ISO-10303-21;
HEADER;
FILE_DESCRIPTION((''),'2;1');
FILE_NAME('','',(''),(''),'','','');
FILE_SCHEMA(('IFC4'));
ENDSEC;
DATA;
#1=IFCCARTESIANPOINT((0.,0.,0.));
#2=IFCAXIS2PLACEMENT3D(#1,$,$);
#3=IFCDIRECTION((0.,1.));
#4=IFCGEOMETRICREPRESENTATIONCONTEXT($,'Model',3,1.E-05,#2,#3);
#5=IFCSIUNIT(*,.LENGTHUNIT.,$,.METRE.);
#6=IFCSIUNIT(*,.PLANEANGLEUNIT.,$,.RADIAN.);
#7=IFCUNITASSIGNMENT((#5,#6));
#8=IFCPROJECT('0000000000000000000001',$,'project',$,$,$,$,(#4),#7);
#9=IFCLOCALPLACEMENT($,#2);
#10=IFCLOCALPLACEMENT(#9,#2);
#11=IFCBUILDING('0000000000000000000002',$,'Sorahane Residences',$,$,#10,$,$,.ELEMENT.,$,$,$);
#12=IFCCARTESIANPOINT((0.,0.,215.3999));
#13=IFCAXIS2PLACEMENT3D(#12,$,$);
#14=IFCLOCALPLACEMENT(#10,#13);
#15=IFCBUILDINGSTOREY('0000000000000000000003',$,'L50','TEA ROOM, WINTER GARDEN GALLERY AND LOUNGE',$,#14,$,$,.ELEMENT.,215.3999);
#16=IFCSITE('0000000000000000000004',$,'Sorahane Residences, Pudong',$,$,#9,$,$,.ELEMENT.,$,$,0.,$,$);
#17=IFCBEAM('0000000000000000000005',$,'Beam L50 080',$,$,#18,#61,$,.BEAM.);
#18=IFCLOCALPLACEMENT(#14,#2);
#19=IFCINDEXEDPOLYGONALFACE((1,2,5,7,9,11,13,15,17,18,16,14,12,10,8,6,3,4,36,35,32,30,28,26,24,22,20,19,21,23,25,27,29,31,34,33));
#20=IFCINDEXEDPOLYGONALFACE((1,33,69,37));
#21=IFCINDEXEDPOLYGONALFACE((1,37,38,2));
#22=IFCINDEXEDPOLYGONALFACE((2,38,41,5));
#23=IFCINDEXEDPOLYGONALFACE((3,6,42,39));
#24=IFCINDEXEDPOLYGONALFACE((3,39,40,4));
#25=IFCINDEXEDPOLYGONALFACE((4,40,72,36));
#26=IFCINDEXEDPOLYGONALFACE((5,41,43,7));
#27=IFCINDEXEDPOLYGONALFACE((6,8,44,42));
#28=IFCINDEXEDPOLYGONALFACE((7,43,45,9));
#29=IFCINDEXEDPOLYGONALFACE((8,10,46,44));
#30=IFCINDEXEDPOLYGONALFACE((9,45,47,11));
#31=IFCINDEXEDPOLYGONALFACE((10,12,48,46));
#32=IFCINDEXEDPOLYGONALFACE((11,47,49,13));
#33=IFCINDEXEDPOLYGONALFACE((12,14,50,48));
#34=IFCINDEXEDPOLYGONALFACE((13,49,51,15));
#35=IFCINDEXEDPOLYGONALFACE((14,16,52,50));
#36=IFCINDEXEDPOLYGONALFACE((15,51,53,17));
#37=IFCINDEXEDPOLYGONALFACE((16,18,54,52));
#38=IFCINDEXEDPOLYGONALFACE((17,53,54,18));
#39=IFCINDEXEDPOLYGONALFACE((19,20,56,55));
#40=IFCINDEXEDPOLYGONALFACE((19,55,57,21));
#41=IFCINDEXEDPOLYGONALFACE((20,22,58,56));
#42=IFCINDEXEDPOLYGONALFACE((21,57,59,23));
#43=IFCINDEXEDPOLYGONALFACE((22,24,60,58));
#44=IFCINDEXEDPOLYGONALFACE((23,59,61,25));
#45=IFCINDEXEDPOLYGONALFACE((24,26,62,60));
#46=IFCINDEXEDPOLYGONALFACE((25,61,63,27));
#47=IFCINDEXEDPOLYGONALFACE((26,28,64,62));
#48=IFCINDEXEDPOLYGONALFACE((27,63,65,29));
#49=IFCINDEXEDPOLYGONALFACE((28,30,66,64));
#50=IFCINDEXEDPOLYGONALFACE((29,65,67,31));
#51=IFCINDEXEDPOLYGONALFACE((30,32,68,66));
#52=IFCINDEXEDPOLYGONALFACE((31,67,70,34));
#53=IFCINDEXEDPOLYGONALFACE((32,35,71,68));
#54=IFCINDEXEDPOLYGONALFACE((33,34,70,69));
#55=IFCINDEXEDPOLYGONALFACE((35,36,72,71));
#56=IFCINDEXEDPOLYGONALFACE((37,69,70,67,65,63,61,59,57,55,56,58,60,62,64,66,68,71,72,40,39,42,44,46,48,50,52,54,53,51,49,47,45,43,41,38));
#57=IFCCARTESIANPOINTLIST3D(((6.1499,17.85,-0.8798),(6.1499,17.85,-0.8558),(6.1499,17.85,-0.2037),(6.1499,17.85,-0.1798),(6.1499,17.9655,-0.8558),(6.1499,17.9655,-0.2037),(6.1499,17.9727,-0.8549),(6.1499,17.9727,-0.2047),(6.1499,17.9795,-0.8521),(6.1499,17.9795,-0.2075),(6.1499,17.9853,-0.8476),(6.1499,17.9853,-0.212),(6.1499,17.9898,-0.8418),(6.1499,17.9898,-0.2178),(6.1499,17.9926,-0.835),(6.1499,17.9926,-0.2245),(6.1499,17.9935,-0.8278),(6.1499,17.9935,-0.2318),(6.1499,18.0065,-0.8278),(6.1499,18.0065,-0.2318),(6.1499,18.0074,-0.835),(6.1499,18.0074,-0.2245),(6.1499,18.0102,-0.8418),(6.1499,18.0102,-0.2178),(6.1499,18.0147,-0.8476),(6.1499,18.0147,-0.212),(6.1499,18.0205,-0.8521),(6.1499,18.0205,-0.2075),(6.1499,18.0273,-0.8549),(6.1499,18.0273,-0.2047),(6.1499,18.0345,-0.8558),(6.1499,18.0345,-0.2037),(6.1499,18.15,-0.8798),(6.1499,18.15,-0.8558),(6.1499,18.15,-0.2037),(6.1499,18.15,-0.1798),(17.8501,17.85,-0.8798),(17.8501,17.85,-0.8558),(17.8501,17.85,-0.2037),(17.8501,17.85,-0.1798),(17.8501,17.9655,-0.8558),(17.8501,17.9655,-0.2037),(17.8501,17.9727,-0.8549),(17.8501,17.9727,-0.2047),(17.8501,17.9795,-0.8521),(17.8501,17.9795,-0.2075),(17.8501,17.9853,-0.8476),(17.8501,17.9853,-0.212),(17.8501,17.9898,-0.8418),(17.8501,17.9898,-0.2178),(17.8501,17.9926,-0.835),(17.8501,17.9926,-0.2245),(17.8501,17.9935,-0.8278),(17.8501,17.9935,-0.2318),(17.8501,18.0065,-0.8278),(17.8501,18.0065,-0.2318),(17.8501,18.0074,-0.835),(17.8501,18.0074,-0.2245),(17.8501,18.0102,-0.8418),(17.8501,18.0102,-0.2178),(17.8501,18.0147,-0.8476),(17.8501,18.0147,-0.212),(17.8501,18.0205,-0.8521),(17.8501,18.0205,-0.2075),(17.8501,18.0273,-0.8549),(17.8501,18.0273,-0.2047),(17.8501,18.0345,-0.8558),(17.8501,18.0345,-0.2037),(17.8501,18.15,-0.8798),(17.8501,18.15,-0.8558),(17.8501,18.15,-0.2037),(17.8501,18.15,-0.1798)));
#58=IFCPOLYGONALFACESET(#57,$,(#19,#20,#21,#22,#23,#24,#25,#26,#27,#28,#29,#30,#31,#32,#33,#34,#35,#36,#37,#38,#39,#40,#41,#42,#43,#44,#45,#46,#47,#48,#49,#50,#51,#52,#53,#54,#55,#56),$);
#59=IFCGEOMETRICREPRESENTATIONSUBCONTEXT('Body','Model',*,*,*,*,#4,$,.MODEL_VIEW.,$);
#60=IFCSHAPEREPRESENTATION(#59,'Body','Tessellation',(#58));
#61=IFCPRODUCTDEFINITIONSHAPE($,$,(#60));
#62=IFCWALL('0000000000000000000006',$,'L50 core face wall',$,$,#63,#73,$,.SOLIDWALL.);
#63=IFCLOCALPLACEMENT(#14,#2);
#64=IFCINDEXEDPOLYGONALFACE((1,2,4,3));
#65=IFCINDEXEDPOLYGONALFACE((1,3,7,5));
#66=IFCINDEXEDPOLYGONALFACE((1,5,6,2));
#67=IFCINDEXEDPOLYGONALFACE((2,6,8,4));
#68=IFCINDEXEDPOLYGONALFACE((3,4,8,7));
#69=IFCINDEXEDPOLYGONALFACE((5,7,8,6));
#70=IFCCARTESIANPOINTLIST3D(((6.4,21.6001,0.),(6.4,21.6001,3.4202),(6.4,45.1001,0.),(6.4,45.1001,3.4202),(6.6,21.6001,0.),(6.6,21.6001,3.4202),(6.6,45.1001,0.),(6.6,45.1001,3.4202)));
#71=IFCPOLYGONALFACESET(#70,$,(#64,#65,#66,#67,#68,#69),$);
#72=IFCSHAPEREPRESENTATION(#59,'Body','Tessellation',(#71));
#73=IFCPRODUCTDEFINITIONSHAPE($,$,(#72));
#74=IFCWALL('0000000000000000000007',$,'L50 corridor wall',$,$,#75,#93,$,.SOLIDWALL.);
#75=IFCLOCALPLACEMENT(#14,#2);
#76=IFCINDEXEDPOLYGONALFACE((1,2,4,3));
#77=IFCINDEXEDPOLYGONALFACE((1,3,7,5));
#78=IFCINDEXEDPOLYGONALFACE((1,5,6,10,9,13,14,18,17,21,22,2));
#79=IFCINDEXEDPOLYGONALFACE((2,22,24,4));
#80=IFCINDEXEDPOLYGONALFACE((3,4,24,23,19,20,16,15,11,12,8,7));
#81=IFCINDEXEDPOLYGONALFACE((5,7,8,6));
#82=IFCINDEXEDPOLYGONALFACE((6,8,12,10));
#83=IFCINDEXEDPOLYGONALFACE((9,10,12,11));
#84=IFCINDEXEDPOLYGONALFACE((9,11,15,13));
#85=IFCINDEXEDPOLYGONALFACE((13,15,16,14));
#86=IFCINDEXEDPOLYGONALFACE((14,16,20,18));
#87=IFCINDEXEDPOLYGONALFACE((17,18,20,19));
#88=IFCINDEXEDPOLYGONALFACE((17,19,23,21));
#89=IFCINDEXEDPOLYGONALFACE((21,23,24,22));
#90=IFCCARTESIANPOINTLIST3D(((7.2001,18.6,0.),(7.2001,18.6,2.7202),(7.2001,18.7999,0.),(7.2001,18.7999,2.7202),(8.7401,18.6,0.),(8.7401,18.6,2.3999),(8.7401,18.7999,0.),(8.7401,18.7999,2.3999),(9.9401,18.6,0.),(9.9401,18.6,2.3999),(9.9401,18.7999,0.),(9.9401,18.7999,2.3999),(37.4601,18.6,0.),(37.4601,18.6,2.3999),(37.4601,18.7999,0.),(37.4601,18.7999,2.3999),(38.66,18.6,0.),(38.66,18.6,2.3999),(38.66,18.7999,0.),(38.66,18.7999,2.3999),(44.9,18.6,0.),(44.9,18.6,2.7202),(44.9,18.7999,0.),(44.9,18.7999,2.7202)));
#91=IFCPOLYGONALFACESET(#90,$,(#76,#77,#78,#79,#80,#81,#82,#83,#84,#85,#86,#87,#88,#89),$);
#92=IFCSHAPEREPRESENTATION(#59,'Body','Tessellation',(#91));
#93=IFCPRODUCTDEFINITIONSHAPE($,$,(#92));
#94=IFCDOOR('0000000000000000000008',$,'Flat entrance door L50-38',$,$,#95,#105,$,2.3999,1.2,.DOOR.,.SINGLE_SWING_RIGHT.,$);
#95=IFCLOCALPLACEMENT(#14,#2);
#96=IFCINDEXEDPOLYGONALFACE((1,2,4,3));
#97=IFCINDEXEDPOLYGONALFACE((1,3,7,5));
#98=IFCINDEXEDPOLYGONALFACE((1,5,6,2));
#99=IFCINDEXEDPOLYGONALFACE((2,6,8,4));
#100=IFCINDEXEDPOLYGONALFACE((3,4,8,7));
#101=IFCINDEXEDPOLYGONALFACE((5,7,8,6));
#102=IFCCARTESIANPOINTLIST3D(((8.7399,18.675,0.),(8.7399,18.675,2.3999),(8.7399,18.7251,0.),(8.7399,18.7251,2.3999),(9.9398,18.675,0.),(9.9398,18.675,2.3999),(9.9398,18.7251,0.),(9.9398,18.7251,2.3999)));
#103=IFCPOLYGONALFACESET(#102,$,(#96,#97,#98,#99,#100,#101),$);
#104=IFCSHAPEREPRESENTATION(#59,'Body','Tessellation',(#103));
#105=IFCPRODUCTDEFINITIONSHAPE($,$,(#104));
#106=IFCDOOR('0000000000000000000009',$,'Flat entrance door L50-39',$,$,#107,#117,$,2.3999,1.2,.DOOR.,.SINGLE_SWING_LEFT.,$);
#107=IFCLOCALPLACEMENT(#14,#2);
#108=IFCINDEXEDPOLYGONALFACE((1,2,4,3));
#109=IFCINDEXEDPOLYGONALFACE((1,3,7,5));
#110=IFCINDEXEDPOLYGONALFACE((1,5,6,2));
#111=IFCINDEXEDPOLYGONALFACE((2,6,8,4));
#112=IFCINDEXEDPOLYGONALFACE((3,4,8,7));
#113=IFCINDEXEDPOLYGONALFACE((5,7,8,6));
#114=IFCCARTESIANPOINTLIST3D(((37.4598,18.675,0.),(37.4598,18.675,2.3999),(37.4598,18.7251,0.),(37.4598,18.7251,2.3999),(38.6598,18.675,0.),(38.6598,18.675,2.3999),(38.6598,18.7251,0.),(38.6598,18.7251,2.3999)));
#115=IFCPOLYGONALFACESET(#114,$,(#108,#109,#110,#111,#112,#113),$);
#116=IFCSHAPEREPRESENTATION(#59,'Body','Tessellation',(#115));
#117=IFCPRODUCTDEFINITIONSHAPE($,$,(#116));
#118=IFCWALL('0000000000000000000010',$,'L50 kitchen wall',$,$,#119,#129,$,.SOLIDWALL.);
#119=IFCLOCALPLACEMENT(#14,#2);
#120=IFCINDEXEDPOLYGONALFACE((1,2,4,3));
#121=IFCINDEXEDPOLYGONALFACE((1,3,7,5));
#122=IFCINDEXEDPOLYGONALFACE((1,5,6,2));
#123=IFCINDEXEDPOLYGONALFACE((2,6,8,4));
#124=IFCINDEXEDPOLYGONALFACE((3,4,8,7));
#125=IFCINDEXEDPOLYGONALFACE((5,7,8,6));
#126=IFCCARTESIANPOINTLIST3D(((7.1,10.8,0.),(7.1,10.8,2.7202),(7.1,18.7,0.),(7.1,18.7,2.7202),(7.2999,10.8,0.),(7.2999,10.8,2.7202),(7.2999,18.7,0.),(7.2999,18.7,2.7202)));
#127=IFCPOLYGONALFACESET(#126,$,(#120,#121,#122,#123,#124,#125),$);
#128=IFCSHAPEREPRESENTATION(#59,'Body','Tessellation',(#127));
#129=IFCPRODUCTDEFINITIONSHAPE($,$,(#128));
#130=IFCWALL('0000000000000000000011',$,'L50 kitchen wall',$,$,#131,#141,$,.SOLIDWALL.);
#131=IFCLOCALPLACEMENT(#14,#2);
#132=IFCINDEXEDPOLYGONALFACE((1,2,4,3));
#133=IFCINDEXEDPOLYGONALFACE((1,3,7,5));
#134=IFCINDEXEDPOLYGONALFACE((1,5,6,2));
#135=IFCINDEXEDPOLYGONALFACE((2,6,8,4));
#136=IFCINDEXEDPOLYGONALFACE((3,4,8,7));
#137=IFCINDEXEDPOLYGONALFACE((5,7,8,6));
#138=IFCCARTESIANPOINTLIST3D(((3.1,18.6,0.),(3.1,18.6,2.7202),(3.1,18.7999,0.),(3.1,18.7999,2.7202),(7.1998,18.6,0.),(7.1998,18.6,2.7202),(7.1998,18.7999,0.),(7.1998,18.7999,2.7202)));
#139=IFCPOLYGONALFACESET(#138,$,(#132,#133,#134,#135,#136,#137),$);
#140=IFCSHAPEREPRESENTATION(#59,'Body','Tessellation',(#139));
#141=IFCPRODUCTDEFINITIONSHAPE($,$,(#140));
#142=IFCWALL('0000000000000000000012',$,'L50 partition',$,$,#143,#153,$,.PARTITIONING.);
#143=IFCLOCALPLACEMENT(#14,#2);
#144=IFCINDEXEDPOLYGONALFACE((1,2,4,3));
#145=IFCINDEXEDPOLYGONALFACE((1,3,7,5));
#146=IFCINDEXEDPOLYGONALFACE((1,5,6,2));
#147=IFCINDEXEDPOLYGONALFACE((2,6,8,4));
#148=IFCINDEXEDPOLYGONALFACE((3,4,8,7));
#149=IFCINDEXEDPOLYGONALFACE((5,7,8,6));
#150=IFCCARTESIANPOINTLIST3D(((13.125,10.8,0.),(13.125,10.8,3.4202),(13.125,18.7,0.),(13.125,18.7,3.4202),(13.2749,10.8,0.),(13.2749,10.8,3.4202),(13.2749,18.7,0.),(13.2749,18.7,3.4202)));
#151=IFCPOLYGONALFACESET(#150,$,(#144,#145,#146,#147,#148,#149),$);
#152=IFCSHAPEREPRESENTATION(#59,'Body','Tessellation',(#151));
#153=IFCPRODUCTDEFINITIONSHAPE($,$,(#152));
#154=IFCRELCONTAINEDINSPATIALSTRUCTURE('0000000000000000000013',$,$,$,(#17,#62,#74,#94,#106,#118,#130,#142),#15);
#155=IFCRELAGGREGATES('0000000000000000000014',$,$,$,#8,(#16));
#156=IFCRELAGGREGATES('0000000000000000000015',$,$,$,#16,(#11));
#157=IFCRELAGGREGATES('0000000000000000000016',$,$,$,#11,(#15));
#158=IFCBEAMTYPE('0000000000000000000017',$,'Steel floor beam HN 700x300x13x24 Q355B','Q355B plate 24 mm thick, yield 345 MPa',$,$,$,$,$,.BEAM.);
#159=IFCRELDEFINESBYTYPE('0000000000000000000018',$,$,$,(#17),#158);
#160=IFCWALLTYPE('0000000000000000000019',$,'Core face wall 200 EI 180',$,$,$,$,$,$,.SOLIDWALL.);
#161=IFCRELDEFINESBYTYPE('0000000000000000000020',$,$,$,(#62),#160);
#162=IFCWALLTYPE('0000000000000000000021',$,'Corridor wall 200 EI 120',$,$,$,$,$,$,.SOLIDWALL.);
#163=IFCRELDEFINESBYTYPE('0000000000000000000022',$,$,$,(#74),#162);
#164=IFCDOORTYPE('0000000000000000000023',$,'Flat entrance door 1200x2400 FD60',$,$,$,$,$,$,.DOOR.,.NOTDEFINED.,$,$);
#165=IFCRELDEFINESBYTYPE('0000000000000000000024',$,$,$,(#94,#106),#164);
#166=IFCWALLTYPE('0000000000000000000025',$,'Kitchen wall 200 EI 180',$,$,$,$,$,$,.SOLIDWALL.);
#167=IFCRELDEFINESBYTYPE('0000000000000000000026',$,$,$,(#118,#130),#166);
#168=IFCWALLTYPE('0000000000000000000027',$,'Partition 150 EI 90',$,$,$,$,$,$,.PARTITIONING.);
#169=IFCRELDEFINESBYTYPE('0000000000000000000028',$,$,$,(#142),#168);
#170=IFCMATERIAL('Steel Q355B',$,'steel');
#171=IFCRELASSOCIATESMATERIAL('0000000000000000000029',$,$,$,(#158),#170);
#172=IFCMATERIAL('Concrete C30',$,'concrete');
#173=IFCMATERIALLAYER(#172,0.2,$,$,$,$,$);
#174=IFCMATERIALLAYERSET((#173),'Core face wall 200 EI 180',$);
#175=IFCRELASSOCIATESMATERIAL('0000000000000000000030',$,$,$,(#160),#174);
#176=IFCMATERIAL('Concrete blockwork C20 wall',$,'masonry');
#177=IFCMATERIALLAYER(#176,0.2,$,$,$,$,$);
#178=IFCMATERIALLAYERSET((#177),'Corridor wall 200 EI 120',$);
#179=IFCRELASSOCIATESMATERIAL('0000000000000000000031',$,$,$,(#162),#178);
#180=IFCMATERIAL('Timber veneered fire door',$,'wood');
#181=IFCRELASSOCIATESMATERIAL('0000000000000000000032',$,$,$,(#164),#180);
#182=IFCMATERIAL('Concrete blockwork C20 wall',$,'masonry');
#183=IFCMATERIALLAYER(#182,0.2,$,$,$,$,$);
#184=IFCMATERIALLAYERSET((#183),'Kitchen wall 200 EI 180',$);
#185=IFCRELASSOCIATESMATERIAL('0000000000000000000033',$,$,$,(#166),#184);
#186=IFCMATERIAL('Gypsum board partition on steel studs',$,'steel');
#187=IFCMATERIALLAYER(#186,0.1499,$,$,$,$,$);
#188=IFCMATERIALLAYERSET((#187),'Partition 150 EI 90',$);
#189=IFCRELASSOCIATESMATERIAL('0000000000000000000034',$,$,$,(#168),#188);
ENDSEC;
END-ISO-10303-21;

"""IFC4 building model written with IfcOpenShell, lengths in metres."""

from ifc_helpers import new_model, si_unit, direction, frame, frame_2d, origin, origin_2d, place, context, subcontext, project, spatial, rectangle, i_section, extrude, material, layer, layer_set, material_profile, profile_set, type_object, element, fill, save


model = new_model("IFC4")

# Units and contexts
model_context = context("Model", 3, precision=1e-05, world=origin(), true_north=direction((0.0, 1.0)))
body_context = subcontext(model_context, "Body", "Model", "MODEL_VIEW")
ifc_project = project(units=[si_unit("LENGTHUNIT", "METRE"), si_unit("PLANEANGLEUNIT", "RADIAN")], contexts=[model_context])

# Site, building, storey
site_placement = place(None, origin())
site = spatial("IfcSite", under=ifc_project, at=site_placement, Name="Sorahane Residences, Pudong", CompositionType="ELEMENT", RefElevation=0.0)
building_placement = place(site_placement, origin())
building = spatial("IfcBuilding", under=site, at=building_placement, Name="Sorahane Residences", CompositionType="ELEMENT")
storey_placement = place(building_placement, frame((0.0, 0.0, 215.3999)))
storey = spatial("IfcBuildingStorey", under=building, at=storey_placement, Name="L50", Description="TEA ROOM, WINTER GARDEN GALLERY AND LOUNGE", CompositionType="ELEMENT", Elevation=215.3999)

# Beam
ifc_material_1 = material(Name="Steel Q355B", Category="steel")
ifc_material_profile_1 = material_profile(ifc_material_1, i_section(OverallWidth=0.3, OverallDepth=0.7, WebThickness=0.0129, FlangeThickness=0.0239, FilletRadius=0.0281, at=origin_2d()), Name="HN 700x300x13x24")
ifc_profile_set_1 = profile_set([ifc_material_profile_1], Name="Steel Q355B")
beam_type = type_object("IfcBeamType", Name="Steel floor beam HN 700x300x13x24 Q355B", Description="Q355B plate 24 mm thick, yield 345 MPa", PredefinedType="BEAM", material=ifc_profile_set_1)
beam_1_placement = place(storey_placement, frame((6.1499, 18.0, -0.5298), z_axis=(1.0, 0.0, 0.0), x_axis=(0.0, 1.0, 0.0)))
element("IfcBeam", 1, at=beam_1_placement, inside=storey, type_object=beam_type, Name="Beam L50 080", PredefinedType="BEAM", context=body_context, shape_type="SweptSolid", body=[
    extrude(i_section(OverallWidth=0.3, OverallDepth=0.7, WebThickness=0.0129, FlangeThickness=0.0239, FilletRadius=0.0281, at=origin_2d()), origin(), (0.0, 0.0, 1.0), 11.7002),
])

# Wall
ifc_material_2 = material(Name="Concrete C30", Category="concrete")
ifc_layer_1 = layer(ifc_material_2, 0.2)
ifc_layer_set_1 = layer_set([ifc_layer_1], Name="Core face wall 200 EI 180")
wall_type_1 = type_object("IfcWallType", Name="Core face wall 200 EI 180", PredefinedType="SOLIDWALL", material=ifc_layer_set_1)
wall_1_placement = place(storey_placement, frame((6.5, 21.6001, 0.0), z_axis=(0.0, 0.0, 1.0), x_axis=(0.0, 1.0, 0.0)))
element("IfcWall", 2, at=wall_1_placement, inside=storey, type_object=wall_type_1, Name="L50 core face wall", PredefinedType="SOLIDWALL", context=body_context, shape_type="SweptSolid", body=[
    extrude(rectangle(XDim=23.5, YDim=0.2, at=frame_2d((11.75, 0.0))), origin(), (0.0, 0.0, 1.0), 3.4202),
])

# Wall, openings, doors
ifc_material_3 = material(Name="Concrete blockwork C20 wall", Category="masonry")
ifc_layer_2 = layer(ifc_material_3, 0.2)
ifc_layer_set_2 = layer_set([ifc_layer_2], Name="Corridor wall 200 EI 120")
wall_type_2 = type_object("IfcWallType", Name="Corridor wall 200 EI 120", PredefinedType="SOLIDWALL", material=ifc_layer_set_2)
wall_2_placement = place(storey_placement, frame((7.2, 18.7, 0.0), z_axis=(0.0, 0.0, 1.0), x_axis=(1.0, 0.0, 0.0)))
wall_2 = element("IfcWall", 3, at=wall_2_placement, inside=storey, type_object=wall_type_2, Name="L50 corridor wall", PredefinedType="SOLIDWALL", context=body_context, shape_type="SweptSolid", body=[
    extrude(rectangle(XDim=37.7, YDim=0.2, at=frame_2d((18.8501, 0.0))), origin(), (0.0, 0.0, 1.0), 2.7202),
])
opening_1_placement = place(wall_2_placement, frame((1.54, 0.0, 0.0)))
opening_1 = element("IfcOpeningElement", 4, at=opening_1_placement, cuts=wall_2, PredefinedType="OPENING", context=body_context, shape_type="SweptSolid", body=[
    extrude(rectangle(XDim=1.2, YDim=2.3999, at=frame_2d((0.6001, 1.2))), frame((0.0, 0.1099, 0.0), z_axis=(0.0, -1.0, 0.0), x_axis=(1.0, 0.0, 0.0)), (0.0, 0.0, 1.0), 0.22),
])
opening_2_placement = place(wall_2_placement, frame((30.26, 0.0, 0.0)))
opening_2 = element("IfcOpeningElement", 5, at=opening_2_placement, cuts=wall_2, PredefinedType="OPENING", context=body_context, shape_type="SweptSolid", body=[
    extrude(rectangle(XDim=1.2, YDim=2.3999, at=frame_2d((0.6001, 1.2))), frame((0.0, 0.1099, 0.0), z_axis=(0.0, -1.0, 0.0), x_axis=(1.0, 0.0, 0.0)), (0.0, 0.0, 1.0), 0.22),
])
ifc_material_4 = material(Name="Timber veneered fire door", Category="wood")
door_type_1 = type_object("IfcDoorType", Name="Flat entrance door 1200x2400 FD60", OperationType="NOTDEFINED", PredefinedType="DOOR", material=ifc_material_4)
door_1_placement = place(opening_1_placement, frame((1.2, 0.0, 0.0), z_axis=(0.0, 0.0, 1.0), x_axis=(-1.0, 0.0, 0.0)))
door_1 = element("IfcDoor", 6, at=door_1_placement, inside=storey, type_object=door_type_1, Name="Flat entrance door L50-38", OperationType="SINGLE_SWING_RIGHT", OverallHeight=2.3999, OverallWidth=1.2, PredefinedType="DOOR", context=body_context, shape_type="SweptSolid", body=[
    extrude(rectangle(XDim=1.2, YDim=2.3999, at=frame_2d((0.6001, 1.2))), frame((0.0, 0.0249, 0.0), z_axis=(0.0, -1.0, 0.0), x_axis=(1.0, 0.0, 0.0)), (0.0, 0.0, 1.0), 0.05),
])
fill(opening_1, door_1)
door_2_placement = place(opening_2_placement, frame((1.2, 0.0, 0.0), z_axis=(0.0, 0.0, 1.0), x_axis=(-1.0, 0.0, 0.0)))
door_2 = element("IfcDoor", 7, at=door_2_placement, inside=storey, type_object=door_type_1, Name="Flat entrance door L50-39", OperationType="SINGLE_SWING_LEFT", OverallHeight=2.3999, OverallWidth=1.2, PredefinedType="DOOR", context=body_context, shape_type="SweptSolid", body=[
    extrude(rectangle(XDim=1.2, YDim=2.3999, at=frame_2d((0.6001, 1.2))), frame((0.0, 0.0249, 0.0), z_axis=(0.0, -1.0, 0.0), x_axis=(1.0, 0.0, 0.0)), (0.0, 0.0, 1.0), 0.05),
])
fill(opening_2, door_2)

# Walls
ifc_material_5 = material(Name="Concrete blockwork C20 wall", Category="masonry")
ifc_layer_3 = layer(ifc_material_5, 0.2)
ifc_layer_set_3 = layer_set([ifc_layer_3], Name="Kitchen wall 200 EI 180")
wall_type_3 = type_object("IfcWallType", Name="Kitchen wall 200 EI 180", PredefinedType="SOLIDWALL", material=ifc_layer_set_3)
wall_3_placement = place(storey_placement, frame((7.2, 10.8, 0.0), z_axis=(0.0, 0.0, 1.0), x_axis=(0.0, 1.0, 0.0)))
element("IfcWall", 8, at=wall_3_placement, inside=storey, type_object=wall_type_3, Name="L50 kitchen wall", PredefinedType="SOLIDWALL", context=body_context, shape_type="SweptSolid", body=[
    extrude(rectangle(XDim=7.8999, YDim=0.2, at=frame_2d((3.95, 0.0))), origin(), (0.0, 0.0, 1.0), 2.7202),
])
wall_4_placement = place(storey_placement, frame((3.1001, 18.7, 0.0), z_axis=(0.0, 0.0, 1.0), x_axis=(1.0, 0.0, 0.0)))
element("IfcWall", 9, at=wall_4_placement, inside=storey, type_object=wall_type_3, Name="L50 kitchen wall", PredefinedType="SOLIDWALL", context=body_context, shape_type="SweptSolid", body=[
    extrude(rectangle(XDim=4.0999, YDim=0.2, at=frame_2d((2.0498, 0.0))), origin(), (0.0, 0.0, 1.0), 2.7202),
])
ifc_material_6 = material(Name="Gypsum board partition on steel studs", Category="steel")
ifc_layer_4 = layer(ifc_material_6, 0.1499)
ifc_layer_set_4 = layer_set([ifc_layer_4], Name="Partition 150 EI 90")
wall_type_4 = type_object("IfcWallType", Name="Partition 150 EI 90", PredefinedType="PARTITIONING", material=ifc_layer_set_4)
wall_5_placement = place(storey_placement, frame((13.2, 10.8, 0.0), z_axis=(0.0, 0.0, 1.0), x_axis=(0.0, 1.0, 0.0)))
element("IfcWall", 10, at=wall_5_placement, inside=storey, type_object=wall_type_4, Name="L50 partition", PredefinedType="PARTITIONING", context=body_context, shape_type="SweptSolid", body=[
    extrude(rectangle(XDim=7.8999, YDim=0.1499, at=frame_2d((3.95, 0.0))), origin(), (0.0, 0.0, 1.0), 3.4202),
])

save(model, "model.ifc")
